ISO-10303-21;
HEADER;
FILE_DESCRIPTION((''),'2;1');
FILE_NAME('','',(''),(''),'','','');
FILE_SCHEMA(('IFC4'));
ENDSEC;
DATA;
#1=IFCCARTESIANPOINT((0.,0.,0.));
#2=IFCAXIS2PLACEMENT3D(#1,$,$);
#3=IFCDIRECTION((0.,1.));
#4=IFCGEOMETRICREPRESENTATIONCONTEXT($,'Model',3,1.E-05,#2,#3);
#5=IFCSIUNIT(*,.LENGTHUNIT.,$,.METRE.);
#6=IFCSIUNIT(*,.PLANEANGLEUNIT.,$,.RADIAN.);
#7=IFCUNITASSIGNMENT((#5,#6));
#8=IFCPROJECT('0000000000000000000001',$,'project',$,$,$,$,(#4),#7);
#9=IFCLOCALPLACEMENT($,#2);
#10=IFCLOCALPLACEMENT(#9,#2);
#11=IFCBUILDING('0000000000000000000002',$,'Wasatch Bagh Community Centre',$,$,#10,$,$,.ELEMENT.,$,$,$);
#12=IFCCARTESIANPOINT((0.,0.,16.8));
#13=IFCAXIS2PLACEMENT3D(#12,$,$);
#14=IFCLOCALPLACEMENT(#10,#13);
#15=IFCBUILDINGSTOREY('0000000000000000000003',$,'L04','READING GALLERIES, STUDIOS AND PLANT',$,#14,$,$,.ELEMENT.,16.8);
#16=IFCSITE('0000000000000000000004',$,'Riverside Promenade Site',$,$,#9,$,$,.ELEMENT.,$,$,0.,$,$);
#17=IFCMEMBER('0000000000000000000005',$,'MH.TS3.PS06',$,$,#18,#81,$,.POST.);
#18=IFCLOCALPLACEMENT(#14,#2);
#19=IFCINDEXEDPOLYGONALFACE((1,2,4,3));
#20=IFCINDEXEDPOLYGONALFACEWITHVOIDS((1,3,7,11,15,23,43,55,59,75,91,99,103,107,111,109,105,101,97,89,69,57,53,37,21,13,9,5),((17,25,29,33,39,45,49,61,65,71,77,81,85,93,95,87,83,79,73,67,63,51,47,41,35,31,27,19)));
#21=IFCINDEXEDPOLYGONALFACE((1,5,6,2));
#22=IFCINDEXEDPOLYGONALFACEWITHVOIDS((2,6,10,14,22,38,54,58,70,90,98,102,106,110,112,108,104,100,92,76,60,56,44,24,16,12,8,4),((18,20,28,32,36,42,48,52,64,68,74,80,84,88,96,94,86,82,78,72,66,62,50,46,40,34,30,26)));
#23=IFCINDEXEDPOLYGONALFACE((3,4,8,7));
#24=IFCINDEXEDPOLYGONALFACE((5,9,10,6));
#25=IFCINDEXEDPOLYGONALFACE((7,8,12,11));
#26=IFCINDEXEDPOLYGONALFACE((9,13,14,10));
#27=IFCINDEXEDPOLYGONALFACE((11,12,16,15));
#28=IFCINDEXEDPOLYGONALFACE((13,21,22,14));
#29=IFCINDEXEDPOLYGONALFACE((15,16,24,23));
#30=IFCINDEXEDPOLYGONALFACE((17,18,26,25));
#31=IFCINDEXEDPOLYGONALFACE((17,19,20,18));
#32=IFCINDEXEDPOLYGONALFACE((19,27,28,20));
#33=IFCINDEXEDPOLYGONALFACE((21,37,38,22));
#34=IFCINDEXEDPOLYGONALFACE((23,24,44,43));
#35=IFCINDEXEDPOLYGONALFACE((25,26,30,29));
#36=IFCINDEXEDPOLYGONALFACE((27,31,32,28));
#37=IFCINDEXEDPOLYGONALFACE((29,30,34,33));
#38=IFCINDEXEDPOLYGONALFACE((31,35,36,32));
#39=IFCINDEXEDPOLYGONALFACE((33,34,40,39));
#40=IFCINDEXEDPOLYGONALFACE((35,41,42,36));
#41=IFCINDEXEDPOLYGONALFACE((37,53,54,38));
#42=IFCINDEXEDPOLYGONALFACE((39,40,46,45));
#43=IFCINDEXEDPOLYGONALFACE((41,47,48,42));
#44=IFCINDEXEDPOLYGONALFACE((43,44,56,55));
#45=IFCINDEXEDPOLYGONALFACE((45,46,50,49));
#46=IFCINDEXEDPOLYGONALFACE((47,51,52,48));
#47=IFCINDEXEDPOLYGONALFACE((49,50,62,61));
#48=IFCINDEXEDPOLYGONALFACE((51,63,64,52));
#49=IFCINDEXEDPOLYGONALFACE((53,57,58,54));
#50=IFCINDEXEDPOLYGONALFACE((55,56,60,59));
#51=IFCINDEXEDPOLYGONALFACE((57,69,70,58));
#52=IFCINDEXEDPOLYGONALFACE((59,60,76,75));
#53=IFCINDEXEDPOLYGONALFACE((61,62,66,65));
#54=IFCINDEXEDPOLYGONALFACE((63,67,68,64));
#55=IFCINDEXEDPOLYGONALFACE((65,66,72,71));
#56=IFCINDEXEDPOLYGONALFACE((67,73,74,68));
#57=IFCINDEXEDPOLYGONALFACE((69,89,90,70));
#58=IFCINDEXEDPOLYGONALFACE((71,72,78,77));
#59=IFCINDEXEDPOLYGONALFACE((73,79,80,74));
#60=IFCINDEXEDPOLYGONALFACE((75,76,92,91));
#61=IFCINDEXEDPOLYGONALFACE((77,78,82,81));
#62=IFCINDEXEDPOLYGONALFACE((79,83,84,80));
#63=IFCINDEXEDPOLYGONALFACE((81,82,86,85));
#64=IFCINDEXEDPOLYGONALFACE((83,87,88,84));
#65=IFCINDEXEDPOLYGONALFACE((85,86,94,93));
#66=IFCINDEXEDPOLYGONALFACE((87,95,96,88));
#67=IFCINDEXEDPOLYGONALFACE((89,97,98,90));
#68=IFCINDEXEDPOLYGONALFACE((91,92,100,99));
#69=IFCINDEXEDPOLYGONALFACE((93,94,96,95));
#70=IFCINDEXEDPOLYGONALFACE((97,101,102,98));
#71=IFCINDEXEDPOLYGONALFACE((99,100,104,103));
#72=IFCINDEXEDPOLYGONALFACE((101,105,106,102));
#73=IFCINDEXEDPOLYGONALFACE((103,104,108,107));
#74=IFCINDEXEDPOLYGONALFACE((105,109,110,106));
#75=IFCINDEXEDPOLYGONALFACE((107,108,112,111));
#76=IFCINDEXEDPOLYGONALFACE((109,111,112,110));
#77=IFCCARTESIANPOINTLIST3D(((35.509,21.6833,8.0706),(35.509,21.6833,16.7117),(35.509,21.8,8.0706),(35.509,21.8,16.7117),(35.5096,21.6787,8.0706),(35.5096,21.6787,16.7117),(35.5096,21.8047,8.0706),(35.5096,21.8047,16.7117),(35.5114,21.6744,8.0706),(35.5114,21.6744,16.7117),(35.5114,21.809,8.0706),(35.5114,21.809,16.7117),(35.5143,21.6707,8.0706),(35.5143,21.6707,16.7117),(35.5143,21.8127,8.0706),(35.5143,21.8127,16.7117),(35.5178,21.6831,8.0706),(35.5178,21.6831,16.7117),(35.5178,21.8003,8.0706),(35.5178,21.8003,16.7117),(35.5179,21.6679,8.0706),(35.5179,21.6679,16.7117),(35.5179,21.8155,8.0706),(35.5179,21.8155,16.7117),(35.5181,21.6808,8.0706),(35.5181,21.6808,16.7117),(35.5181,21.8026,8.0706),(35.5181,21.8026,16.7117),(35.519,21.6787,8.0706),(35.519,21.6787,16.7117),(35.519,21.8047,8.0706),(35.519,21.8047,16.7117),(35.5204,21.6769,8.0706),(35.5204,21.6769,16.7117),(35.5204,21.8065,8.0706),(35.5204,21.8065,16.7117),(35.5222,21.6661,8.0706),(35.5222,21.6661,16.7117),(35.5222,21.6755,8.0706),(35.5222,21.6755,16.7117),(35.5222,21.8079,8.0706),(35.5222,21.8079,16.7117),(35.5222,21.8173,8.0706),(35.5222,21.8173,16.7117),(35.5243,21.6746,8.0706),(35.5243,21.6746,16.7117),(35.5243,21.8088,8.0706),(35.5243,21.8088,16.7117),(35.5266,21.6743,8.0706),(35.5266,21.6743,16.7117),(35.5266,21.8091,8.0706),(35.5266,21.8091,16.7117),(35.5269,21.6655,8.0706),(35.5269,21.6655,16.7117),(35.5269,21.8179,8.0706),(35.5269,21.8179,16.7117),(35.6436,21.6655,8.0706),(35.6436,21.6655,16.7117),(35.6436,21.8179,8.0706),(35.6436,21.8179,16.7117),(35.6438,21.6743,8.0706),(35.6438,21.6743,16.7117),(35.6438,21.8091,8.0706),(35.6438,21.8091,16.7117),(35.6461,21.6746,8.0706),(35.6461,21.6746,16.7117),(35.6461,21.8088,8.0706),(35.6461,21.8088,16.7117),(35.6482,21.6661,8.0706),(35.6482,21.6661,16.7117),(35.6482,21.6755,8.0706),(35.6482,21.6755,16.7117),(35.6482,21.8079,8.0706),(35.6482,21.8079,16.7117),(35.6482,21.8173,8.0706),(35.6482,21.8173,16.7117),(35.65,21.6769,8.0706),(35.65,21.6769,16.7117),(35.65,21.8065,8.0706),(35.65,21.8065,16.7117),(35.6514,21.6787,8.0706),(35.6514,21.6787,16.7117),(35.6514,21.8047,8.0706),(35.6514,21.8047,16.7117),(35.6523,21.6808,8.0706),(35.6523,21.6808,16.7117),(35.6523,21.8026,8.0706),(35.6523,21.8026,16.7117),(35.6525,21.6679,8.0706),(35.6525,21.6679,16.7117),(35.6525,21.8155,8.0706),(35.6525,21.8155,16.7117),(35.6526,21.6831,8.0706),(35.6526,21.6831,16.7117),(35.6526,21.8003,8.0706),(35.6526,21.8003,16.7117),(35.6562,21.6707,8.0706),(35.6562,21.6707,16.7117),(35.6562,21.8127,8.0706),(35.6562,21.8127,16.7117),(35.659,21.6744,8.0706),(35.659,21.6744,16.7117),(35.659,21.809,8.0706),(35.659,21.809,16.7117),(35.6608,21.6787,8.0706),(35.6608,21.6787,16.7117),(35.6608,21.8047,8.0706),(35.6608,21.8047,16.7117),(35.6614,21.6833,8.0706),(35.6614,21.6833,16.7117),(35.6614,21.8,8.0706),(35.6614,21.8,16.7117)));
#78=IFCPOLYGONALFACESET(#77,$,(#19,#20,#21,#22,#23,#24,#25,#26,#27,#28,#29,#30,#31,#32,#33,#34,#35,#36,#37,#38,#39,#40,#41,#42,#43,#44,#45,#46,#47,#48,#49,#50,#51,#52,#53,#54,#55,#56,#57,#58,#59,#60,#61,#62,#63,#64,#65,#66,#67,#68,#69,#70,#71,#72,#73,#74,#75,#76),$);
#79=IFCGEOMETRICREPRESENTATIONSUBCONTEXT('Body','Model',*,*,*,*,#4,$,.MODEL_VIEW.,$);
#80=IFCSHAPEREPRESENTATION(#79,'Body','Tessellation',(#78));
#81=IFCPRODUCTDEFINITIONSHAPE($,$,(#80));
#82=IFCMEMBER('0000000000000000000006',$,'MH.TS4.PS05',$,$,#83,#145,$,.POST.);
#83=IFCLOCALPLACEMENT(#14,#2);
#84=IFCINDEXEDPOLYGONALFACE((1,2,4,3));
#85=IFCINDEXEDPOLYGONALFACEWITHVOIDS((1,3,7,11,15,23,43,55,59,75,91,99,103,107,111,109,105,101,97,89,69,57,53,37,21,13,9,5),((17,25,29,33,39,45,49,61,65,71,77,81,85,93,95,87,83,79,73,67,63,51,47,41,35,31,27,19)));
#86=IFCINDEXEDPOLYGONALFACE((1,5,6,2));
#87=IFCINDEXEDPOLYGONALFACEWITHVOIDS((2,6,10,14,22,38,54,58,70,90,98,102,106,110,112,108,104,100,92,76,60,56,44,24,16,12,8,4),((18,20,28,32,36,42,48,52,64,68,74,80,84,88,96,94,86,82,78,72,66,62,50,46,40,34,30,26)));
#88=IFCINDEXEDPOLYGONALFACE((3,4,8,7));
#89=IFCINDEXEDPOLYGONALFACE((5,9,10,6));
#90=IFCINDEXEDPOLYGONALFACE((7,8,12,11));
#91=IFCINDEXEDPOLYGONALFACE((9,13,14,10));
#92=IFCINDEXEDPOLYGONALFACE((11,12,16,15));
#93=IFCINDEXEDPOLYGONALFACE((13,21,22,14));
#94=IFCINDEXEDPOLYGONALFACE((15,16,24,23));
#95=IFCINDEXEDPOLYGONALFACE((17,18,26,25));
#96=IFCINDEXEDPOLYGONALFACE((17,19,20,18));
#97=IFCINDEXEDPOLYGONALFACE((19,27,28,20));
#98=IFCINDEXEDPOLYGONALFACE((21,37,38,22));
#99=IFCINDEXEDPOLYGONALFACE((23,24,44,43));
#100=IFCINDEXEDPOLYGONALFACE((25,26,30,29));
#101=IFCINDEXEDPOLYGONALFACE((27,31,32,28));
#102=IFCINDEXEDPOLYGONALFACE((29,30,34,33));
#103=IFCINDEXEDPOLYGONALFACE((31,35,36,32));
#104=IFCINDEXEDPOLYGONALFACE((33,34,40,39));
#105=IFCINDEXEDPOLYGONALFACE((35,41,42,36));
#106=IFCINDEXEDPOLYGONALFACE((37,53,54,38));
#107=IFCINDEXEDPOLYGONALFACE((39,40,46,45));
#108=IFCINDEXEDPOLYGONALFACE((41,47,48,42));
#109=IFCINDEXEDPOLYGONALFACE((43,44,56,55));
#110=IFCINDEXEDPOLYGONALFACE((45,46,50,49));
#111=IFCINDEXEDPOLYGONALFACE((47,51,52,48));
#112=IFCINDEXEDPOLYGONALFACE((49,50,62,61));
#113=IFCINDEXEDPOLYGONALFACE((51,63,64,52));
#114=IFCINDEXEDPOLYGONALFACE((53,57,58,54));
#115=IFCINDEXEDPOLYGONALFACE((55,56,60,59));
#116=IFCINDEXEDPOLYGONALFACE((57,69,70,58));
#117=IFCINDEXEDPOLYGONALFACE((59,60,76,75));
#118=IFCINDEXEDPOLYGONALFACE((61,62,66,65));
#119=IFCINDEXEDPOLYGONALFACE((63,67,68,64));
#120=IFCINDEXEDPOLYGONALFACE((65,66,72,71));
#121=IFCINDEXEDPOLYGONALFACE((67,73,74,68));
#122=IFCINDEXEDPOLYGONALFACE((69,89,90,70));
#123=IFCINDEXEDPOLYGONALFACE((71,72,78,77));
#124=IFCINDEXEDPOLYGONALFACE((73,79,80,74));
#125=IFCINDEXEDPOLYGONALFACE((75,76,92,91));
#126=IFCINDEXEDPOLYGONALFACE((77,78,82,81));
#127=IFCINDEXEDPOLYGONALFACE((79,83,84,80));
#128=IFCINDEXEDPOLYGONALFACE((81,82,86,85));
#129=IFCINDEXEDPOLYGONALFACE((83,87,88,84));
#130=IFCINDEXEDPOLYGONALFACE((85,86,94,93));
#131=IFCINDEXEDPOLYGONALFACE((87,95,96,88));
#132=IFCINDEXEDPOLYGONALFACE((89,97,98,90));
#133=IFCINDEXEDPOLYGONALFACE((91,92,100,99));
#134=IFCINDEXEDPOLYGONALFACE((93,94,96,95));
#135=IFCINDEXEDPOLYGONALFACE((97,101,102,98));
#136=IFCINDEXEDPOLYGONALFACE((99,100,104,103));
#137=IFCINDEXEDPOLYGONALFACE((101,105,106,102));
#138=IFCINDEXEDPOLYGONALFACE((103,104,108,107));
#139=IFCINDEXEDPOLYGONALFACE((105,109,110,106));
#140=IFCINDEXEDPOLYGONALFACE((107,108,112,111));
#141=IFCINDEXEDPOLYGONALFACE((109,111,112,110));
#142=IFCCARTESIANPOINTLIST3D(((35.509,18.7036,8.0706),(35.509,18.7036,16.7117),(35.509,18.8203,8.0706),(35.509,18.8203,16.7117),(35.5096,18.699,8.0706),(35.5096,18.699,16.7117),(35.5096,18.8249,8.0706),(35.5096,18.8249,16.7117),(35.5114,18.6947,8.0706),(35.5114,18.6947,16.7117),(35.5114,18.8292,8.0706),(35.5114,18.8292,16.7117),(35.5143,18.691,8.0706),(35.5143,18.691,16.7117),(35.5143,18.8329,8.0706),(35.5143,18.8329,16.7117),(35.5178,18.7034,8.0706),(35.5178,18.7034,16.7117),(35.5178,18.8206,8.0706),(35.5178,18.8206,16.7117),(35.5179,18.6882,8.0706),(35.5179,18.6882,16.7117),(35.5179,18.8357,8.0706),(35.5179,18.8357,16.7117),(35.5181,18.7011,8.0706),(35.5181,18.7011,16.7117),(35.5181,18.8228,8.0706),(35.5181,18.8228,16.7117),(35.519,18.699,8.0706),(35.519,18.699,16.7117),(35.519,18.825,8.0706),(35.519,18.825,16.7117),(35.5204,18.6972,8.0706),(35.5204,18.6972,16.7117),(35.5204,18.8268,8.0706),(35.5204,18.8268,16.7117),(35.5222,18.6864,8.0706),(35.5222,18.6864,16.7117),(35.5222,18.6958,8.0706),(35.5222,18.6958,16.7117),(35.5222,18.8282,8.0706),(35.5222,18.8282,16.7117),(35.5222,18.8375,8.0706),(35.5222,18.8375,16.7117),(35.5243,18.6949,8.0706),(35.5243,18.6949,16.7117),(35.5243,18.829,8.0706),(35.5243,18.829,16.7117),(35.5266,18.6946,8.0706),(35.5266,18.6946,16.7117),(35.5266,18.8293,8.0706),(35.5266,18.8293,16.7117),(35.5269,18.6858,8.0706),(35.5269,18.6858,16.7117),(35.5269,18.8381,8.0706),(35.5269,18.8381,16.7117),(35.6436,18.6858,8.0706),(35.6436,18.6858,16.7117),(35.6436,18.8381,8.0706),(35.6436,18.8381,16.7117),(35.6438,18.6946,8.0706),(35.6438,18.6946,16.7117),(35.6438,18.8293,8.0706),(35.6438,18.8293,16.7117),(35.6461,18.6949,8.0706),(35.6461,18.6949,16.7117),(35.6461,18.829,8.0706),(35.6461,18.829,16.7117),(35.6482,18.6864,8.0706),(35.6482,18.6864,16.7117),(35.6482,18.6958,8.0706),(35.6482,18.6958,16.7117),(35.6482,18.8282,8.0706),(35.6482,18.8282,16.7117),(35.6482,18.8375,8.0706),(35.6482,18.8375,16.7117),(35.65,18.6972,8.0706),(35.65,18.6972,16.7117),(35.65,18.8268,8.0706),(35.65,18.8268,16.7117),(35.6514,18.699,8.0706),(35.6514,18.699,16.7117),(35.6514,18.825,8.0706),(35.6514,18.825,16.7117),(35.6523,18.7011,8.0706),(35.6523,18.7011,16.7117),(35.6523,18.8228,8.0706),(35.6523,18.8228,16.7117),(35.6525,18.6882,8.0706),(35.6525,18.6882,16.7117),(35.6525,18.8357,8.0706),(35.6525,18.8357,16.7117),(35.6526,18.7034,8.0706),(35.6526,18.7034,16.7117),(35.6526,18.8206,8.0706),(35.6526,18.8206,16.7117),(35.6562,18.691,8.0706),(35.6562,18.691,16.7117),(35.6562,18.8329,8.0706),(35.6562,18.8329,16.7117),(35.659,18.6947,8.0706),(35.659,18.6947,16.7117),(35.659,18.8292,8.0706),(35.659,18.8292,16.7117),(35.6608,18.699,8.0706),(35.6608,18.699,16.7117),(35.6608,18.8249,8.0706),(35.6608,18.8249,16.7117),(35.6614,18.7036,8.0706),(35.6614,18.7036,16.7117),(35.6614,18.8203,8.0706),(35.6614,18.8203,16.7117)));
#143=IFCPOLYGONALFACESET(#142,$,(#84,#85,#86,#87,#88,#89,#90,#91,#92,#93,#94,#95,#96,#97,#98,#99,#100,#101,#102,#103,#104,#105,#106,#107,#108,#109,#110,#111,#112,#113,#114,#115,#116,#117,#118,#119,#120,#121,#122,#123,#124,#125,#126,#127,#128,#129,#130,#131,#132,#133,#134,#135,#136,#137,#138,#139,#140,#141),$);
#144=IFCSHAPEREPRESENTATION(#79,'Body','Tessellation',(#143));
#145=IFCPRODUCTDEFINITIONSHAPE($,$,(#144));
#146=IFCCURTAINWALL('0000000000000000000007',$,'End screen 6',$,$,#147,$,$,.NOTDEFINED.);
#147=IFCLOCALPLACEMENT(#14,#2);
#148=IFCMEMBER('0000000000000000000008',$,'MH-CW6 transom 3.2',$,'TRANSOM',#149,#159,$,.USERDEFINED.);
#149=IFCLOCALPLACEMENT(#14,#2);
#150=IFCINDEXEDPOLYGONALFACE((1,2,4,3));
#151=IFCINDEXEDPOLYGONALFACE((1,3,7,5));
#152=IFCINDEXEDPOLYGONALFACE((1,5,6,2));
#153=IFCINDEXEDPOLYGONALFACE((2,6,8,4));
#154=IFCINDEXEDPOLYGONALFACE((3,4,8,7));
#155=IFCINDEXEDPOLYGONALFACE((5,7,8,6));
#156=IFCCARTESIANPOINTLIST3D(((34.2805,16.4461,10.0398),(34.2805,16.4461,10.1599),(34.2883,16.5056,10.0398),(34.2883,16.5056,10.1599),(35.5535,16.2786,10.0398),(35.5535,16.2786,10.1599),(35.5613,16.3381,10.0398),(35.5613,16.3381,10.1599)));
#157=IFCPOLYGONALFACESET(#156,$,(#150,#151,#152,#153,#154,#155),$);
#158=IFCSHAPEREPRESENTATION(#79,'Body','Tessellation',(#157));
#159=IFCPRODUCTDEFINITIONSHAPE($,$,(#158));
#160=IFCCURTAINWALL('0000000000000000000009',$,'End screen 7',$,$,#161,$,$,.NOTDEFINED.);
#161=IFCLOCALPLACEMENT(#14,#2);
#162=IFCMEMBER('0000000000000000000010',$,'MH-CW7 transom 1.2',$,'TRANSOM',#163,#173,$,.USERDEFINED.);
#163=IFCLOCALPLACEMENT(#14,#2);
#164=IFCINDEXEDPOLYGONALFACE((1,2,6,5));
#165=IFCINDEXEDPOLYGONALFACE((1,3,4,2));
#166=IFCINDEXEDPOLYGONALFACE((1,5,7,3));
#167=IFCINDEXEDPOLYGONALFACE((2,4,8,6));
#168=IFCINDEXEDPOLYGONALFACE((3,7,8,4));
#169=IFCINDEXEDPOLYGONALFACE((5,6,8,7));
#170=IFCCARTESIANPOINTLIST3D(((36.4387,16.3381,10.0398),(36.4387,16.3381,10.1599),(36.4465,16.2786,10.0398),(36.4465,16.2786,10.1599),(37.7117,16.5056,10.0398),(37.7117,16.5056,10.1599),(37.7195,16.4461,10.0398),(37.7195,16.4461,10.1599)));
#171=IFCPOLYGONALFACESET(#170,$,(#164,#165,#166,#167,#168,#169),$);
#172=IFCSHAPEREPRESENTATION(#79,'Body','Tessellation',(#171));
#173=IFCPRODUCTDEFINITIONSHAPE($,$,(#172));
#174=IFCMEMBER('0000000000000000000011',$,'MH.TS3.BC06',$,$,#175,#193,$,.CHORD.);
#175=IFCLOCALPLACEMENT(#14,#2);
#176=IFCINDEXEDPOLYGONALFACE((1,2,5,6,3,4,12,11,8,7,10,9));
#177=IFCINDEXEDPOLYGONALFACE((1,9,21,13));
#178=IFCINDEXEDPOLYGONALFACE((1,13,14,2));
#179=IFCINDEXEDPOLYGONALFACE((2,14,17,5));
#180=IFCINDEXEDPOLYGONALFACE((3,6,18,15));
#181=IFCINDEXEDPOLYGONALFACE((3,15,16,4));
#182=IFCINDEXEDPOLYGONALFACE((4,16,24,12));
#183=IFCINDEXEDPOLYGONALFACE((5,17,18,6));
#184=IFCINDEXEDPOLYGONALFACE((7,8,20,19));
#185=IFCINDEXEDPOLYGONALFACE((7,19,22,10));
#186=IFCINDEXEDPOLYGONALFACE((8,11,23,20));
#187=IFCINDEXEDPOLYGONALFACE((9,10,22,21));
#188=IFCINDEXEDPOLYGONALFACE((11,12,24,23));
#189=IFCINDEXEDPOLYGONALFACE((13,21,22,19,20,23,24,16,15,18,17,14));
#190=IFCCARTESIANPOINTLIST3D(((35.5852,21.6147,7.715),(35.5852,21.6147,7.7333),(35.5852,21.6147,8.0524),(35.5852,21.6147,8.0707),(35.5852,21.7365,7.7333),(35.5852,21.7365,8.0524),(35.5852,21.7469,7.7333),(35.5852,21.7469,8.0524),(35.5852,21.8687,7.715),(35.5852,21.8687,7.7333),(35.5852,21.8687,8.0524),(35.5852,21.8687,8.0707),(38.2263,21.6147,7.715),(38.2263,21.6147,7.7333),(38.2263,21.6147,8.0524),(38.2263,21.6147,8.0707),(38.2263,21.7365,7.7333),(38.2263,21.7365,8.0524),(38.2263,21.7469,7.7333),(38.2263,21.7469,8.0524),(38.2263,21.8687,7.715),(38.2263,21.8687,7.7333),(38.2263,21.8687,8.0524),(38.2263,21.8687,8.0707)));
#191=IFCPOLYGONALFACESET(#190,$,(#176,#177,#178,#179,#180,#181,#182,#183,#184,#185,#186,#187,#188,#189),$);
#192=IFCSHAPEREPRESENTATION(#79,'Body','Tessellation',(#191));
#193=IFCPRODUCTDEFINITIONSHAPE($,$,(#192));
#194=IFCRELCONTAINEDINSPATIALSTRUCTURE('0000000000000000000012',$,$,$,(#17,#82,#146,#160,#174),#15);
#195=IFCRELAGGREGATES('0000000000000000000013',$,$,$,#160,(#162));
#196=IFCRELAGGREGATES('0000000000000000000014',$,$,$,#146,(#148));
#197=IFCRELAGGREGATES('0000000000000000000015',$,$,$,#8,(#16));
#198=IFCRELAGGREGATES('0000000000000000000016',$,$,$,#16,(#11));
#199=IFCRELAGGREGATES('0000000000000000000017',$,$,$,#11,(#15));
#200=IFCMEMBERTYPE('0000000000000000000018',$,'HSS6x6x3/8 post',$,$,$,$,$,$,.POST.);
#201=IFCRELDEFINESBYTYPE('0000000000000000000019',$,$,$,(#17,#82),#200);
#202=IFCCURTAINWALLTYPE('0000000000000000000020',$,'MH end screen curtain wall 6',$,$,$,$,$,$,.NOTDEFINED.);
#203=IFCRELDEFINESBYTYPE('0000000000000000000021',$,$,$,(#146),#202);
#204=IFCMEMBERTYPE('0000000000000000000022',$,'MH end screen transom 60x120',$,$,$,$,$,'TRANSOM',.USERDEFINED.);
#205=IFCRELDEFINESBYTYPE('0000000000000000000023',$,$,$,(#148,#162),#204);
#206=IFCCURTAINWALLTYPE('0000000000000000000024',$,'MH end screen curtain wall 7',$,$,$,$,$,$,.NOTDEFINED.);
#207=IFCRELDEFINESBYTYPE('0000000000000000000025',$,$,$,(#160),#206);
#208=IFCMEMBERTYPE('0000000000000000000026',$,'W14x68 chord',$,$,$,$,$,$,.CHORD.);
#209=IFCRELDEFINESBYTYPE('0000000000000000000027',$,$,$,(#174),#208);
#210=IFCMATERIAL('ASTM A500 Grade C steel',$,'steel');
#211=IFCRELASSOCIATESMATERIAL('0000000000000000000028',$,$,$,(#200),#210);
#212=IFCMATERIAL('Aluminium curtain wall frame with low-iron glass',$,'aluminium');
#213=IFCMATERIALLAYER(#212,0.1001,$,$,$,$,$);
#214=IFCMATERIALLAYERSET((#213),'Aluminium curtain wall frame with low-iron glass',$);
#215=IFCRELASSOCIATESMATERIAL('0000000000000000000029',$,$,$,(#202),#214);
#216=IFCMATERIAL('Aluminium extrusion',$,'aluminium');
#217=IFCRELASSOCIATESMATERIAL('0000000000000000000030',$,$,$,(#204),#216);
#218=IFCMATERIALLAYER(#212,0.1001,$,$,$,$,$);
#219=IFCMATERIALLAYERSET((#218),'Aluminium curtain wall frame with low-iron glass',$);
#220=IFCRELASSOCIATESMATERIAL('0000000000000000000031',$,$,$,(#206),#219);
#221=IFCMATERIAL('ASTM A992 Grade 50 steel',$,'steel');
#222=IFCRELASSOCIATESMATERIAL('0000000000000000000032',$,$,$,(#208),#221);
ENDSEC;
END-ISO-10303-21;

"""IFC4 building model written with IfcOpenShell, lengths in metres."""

from ifc_helpers import new_model, si_unit, direction, frame, origin, origin_2d, place, context, subcontext, project, spatial, rectangle, hollow_rectangle, i_section, extrude, material, layer, layer_set, material_profile, profile_set, type_object, element, aggregate, save


model = new_model("IFC4")

# Units and contexts
model_context = context("Model", 3, precision=1e-05, world=origin(), true_north=direction((0.0, 1.0)))
body_context = subcontext(model_context, "Body", "Model", "MODEL_VIEW")
ifc_project = project(units=[si_unit("LENGTHUNIT", "METRE"), si_unit("PLANEANGLEUNIT", "RADIAN")], contexts=[model_context])

# Site, building, storey
site_placement = place(None, origin())
site = spatial("IfcSite", under=ifc_project, at=site_placement, Name="Riverside Promenade Site", CompositionType="ELEMENT", RefElevation=0.0)
building_placement = place(site_placement, origin())
building = spatial("IfcBuilding", under=site, at=building_placement, Name="Wasatch Bagh Community Centre", CompositionType="ELEMENT")
storey_placement = place(building_placement, frame((0.0, 0.0, 16.8)))
storey = spatial("IfcBuildingStorey", under=building, at=storey_placement, Name="L04", Description="READING GALLERIES, STUDIOS AND PLANT", CompositionType="ELEMENT", Elevation=16.8)

# Members
ifc_material_1 = material(Name="ASTM A500 Grade C steel", Category="steel")
ifc_material_profile_1 = material_profile(ifc_material_1, hollow_rectangle(XDim=0.1523, YDim=0.1523, WallThickness=0.0088, InnerFilletRadius=0.0088, OuterFilletRadius=0.0178, at=origin_2d()), Name="HSS6x6x3/8")
ifc_profile_set_1 = profile_set([ifc_material_profile_1], Name="ASTM A500 Grade C steel")
member_type_1 = type_object("IfcMemberType", Name="HSS6x6x3/8 post", PredefinedType="POST", material=ifc_profile_set_1)
for number, where, z_axis, x_axis, name in (
    (1, (35.5852, 21.7417, 8.0706), (0.0, 0.0, 1.0), (1.0, 0.0, 0.0), "MH.TS3.PS06"),
    (2, (35.5852, 18.762, 8.0706), (0.0, 0.0, 1.0), (1.0, 0.0, 0.0), "MH.TS4.PS05"),
):
    element("IfcMember", number, at=place(storey_placement, frame(where, z_axis=z_axis, x_axis=x_axis)), inside=storey, type_object=member_type_1, Name=name, PredefinedType="POST", context=body_context, shape_type="SweptSolid", body=[
        extrude(hollow_rectangle(XDim=0.1523, YDim=0.1523, WallThickness=0.0088, InnerFilletRadius=0.0088, OuterFilletRadius=0.0178, at=origin_2d()), origin(), (0.0, 0.0, 1.0), 8.6411),
    ])

# Curtain walls, members
ifc_material_2 = material(Name="Aluminium curtain wall frame with low-iron glass", Category="aluminium")
ifc_layer_1 = layer(ifc_material_2, 0.1001)
ifc_layer_set_1 = layer_set([ifc_layer_1], Name="Aluminium curtain wall frame with low-iron glass")
curtain_wall_type_1 = type_object("IfcCurtainWallType", Name="MH end screen curtain wall 6", PredefinedType="NOTDEFINED", material=ifc_layer_set_1)
curtain_wall_1_placement = place(storey_placement, origin())
curtain_wall_1 = element("IfcCurtainWall", 3, at=curtain_wall_1_placement, inside=storey, type_object=curtain_wall_type_1, Name="End screen 6", PredefinedType="NOTDEFINED")
ifc_material_3 = material(Name="Aluminium extrusion", Category="aluminium")
ifc_material_profile_2 = material_profile(ifc_material_3, rectangle(XDim=0.0601, YDim=0.1201, at=origin_2d()), Name="AL 60x120")
ifc_profile_set_2 = profile_set([ifc_material_profile_2], Name="Aluminium extrusion")
member_type_2 = type_object("IfcMemberType", Name="MH end screen transom 60x120", ElementType="TRANSOM", PredefinedType="USERDEFINED", material=ifc_profile_set_2)
member_1_placement = place(storey_placement, frame((34.2844, 16.4758, 10.0999), z_axis=(0.991456, -0.130445, 0.0), x_axis=(0.130445, 0.991456, 0.0)))
member_1 = element("IfcMember", 4, at=member_1_placement, type_object=member_type_2, Name="MH-CW6 transom 3.2", ObjectType="TRANSOM", PredefinedType="USERDEFINED", context=body_context, shape_type="SweptSolid", body=[
    extrude(rectangle(XDim=0.0601, YDim=0.1201, at=origin_2d()), origin(), (0.0, 0.0, 1.0), 1.2839),
])
ifc_layer_2 = layer(ifc_material_2, 0.1001)
ifc_layer_set_2 = layer_set([ifc_layer_2], Name="Aluminium curtain wall frame with low-iron glass")
curtain_wall_type_2 = type_object("IfcCurtainWallType", Name="MH end screen curtain wall 7", PredefinedType="NOTDEFINED", material=ifc_layer_set_2)
curtain_wall_2_placement = place(storey_placement, origin())
curtain_wall_2 = element("IfcCurtainWall", 5, at=curtain_wall_2_placement, inside=storey, type_object=curtain_wall_type_2, Name="End screen 7", PredefinedType="NOTDEFINED")
member_2_placement = place(storey_placement, frame((36.4426, 16.3083, 10.0999), z_axis=(0.991456, 0.130445, 0.0), x_axis=(-0.130445, 0.991456, 0.0)))
member_2 = element("IfcMember", 6, at=member_2_placement, type_object=member_type_2, Name="MH-CW7 transom 1.2", ObjectType="TRANSOM", PredefinedType="USERDEFINED", context=body_context, shape_type="SweptSolid", body=[
    extrude(rectangle(XDim=0.0601, YDim=0.1201, at=origin_2d()), origin(), (0.0, 0.0, 1.0), 1.2839),
])
aggregate(curtain_wall_2, [member_2])

# Member
ifc_material_4 = material(Name="ASTM A992 Grade 50 steel", Category="steel")
ifc_material_profile_3 = material_profile(ifc_material_4, i_section(OverallWidth=0.2539, OverallDepth=0.3557, WebThickness=0.0105, FlangeThickness=0.0183, at=origin_2d()), Name="W14x68")
ifc_profile_set_3 = profile_set([ifc_material_profile_3], Name="ASTM A992 Grade 50 steel")
member_type_3 = type_object("IfcMemberType", Name="W14x68 chord", PredefinedType="CHORD", material=ifc_profile_set_3)
for number, where, z_axis, x_axis, name in (
    (7, (35.5852, 21.7417, 7.8928), (1.0, 0.0, 0.0), (0.0, 1.0, 0.0), "MH.TS3.BC06"),
):
    element("IfcMember", number, at=place(storey_placement, frame(where, z_axis=z_axis, x_axis=x_axis)), inside=storey, type_object=member_type_3, Name=name, PredefinedType="CHORD", context=body_context, shape_type="SweptSolid", body=[
        extrude(i_section(OverallWidth=0.2539, OverallDepth=0.3557, WebThickness=0.0105, FlangeThickness=0.0183, at=origin_2d()), origin(), (0.0, 0.0, 1.0), 2.6411),
    ])

aggregate(curtain_wall_1, [member_1])

save(model, "model.ifc")
